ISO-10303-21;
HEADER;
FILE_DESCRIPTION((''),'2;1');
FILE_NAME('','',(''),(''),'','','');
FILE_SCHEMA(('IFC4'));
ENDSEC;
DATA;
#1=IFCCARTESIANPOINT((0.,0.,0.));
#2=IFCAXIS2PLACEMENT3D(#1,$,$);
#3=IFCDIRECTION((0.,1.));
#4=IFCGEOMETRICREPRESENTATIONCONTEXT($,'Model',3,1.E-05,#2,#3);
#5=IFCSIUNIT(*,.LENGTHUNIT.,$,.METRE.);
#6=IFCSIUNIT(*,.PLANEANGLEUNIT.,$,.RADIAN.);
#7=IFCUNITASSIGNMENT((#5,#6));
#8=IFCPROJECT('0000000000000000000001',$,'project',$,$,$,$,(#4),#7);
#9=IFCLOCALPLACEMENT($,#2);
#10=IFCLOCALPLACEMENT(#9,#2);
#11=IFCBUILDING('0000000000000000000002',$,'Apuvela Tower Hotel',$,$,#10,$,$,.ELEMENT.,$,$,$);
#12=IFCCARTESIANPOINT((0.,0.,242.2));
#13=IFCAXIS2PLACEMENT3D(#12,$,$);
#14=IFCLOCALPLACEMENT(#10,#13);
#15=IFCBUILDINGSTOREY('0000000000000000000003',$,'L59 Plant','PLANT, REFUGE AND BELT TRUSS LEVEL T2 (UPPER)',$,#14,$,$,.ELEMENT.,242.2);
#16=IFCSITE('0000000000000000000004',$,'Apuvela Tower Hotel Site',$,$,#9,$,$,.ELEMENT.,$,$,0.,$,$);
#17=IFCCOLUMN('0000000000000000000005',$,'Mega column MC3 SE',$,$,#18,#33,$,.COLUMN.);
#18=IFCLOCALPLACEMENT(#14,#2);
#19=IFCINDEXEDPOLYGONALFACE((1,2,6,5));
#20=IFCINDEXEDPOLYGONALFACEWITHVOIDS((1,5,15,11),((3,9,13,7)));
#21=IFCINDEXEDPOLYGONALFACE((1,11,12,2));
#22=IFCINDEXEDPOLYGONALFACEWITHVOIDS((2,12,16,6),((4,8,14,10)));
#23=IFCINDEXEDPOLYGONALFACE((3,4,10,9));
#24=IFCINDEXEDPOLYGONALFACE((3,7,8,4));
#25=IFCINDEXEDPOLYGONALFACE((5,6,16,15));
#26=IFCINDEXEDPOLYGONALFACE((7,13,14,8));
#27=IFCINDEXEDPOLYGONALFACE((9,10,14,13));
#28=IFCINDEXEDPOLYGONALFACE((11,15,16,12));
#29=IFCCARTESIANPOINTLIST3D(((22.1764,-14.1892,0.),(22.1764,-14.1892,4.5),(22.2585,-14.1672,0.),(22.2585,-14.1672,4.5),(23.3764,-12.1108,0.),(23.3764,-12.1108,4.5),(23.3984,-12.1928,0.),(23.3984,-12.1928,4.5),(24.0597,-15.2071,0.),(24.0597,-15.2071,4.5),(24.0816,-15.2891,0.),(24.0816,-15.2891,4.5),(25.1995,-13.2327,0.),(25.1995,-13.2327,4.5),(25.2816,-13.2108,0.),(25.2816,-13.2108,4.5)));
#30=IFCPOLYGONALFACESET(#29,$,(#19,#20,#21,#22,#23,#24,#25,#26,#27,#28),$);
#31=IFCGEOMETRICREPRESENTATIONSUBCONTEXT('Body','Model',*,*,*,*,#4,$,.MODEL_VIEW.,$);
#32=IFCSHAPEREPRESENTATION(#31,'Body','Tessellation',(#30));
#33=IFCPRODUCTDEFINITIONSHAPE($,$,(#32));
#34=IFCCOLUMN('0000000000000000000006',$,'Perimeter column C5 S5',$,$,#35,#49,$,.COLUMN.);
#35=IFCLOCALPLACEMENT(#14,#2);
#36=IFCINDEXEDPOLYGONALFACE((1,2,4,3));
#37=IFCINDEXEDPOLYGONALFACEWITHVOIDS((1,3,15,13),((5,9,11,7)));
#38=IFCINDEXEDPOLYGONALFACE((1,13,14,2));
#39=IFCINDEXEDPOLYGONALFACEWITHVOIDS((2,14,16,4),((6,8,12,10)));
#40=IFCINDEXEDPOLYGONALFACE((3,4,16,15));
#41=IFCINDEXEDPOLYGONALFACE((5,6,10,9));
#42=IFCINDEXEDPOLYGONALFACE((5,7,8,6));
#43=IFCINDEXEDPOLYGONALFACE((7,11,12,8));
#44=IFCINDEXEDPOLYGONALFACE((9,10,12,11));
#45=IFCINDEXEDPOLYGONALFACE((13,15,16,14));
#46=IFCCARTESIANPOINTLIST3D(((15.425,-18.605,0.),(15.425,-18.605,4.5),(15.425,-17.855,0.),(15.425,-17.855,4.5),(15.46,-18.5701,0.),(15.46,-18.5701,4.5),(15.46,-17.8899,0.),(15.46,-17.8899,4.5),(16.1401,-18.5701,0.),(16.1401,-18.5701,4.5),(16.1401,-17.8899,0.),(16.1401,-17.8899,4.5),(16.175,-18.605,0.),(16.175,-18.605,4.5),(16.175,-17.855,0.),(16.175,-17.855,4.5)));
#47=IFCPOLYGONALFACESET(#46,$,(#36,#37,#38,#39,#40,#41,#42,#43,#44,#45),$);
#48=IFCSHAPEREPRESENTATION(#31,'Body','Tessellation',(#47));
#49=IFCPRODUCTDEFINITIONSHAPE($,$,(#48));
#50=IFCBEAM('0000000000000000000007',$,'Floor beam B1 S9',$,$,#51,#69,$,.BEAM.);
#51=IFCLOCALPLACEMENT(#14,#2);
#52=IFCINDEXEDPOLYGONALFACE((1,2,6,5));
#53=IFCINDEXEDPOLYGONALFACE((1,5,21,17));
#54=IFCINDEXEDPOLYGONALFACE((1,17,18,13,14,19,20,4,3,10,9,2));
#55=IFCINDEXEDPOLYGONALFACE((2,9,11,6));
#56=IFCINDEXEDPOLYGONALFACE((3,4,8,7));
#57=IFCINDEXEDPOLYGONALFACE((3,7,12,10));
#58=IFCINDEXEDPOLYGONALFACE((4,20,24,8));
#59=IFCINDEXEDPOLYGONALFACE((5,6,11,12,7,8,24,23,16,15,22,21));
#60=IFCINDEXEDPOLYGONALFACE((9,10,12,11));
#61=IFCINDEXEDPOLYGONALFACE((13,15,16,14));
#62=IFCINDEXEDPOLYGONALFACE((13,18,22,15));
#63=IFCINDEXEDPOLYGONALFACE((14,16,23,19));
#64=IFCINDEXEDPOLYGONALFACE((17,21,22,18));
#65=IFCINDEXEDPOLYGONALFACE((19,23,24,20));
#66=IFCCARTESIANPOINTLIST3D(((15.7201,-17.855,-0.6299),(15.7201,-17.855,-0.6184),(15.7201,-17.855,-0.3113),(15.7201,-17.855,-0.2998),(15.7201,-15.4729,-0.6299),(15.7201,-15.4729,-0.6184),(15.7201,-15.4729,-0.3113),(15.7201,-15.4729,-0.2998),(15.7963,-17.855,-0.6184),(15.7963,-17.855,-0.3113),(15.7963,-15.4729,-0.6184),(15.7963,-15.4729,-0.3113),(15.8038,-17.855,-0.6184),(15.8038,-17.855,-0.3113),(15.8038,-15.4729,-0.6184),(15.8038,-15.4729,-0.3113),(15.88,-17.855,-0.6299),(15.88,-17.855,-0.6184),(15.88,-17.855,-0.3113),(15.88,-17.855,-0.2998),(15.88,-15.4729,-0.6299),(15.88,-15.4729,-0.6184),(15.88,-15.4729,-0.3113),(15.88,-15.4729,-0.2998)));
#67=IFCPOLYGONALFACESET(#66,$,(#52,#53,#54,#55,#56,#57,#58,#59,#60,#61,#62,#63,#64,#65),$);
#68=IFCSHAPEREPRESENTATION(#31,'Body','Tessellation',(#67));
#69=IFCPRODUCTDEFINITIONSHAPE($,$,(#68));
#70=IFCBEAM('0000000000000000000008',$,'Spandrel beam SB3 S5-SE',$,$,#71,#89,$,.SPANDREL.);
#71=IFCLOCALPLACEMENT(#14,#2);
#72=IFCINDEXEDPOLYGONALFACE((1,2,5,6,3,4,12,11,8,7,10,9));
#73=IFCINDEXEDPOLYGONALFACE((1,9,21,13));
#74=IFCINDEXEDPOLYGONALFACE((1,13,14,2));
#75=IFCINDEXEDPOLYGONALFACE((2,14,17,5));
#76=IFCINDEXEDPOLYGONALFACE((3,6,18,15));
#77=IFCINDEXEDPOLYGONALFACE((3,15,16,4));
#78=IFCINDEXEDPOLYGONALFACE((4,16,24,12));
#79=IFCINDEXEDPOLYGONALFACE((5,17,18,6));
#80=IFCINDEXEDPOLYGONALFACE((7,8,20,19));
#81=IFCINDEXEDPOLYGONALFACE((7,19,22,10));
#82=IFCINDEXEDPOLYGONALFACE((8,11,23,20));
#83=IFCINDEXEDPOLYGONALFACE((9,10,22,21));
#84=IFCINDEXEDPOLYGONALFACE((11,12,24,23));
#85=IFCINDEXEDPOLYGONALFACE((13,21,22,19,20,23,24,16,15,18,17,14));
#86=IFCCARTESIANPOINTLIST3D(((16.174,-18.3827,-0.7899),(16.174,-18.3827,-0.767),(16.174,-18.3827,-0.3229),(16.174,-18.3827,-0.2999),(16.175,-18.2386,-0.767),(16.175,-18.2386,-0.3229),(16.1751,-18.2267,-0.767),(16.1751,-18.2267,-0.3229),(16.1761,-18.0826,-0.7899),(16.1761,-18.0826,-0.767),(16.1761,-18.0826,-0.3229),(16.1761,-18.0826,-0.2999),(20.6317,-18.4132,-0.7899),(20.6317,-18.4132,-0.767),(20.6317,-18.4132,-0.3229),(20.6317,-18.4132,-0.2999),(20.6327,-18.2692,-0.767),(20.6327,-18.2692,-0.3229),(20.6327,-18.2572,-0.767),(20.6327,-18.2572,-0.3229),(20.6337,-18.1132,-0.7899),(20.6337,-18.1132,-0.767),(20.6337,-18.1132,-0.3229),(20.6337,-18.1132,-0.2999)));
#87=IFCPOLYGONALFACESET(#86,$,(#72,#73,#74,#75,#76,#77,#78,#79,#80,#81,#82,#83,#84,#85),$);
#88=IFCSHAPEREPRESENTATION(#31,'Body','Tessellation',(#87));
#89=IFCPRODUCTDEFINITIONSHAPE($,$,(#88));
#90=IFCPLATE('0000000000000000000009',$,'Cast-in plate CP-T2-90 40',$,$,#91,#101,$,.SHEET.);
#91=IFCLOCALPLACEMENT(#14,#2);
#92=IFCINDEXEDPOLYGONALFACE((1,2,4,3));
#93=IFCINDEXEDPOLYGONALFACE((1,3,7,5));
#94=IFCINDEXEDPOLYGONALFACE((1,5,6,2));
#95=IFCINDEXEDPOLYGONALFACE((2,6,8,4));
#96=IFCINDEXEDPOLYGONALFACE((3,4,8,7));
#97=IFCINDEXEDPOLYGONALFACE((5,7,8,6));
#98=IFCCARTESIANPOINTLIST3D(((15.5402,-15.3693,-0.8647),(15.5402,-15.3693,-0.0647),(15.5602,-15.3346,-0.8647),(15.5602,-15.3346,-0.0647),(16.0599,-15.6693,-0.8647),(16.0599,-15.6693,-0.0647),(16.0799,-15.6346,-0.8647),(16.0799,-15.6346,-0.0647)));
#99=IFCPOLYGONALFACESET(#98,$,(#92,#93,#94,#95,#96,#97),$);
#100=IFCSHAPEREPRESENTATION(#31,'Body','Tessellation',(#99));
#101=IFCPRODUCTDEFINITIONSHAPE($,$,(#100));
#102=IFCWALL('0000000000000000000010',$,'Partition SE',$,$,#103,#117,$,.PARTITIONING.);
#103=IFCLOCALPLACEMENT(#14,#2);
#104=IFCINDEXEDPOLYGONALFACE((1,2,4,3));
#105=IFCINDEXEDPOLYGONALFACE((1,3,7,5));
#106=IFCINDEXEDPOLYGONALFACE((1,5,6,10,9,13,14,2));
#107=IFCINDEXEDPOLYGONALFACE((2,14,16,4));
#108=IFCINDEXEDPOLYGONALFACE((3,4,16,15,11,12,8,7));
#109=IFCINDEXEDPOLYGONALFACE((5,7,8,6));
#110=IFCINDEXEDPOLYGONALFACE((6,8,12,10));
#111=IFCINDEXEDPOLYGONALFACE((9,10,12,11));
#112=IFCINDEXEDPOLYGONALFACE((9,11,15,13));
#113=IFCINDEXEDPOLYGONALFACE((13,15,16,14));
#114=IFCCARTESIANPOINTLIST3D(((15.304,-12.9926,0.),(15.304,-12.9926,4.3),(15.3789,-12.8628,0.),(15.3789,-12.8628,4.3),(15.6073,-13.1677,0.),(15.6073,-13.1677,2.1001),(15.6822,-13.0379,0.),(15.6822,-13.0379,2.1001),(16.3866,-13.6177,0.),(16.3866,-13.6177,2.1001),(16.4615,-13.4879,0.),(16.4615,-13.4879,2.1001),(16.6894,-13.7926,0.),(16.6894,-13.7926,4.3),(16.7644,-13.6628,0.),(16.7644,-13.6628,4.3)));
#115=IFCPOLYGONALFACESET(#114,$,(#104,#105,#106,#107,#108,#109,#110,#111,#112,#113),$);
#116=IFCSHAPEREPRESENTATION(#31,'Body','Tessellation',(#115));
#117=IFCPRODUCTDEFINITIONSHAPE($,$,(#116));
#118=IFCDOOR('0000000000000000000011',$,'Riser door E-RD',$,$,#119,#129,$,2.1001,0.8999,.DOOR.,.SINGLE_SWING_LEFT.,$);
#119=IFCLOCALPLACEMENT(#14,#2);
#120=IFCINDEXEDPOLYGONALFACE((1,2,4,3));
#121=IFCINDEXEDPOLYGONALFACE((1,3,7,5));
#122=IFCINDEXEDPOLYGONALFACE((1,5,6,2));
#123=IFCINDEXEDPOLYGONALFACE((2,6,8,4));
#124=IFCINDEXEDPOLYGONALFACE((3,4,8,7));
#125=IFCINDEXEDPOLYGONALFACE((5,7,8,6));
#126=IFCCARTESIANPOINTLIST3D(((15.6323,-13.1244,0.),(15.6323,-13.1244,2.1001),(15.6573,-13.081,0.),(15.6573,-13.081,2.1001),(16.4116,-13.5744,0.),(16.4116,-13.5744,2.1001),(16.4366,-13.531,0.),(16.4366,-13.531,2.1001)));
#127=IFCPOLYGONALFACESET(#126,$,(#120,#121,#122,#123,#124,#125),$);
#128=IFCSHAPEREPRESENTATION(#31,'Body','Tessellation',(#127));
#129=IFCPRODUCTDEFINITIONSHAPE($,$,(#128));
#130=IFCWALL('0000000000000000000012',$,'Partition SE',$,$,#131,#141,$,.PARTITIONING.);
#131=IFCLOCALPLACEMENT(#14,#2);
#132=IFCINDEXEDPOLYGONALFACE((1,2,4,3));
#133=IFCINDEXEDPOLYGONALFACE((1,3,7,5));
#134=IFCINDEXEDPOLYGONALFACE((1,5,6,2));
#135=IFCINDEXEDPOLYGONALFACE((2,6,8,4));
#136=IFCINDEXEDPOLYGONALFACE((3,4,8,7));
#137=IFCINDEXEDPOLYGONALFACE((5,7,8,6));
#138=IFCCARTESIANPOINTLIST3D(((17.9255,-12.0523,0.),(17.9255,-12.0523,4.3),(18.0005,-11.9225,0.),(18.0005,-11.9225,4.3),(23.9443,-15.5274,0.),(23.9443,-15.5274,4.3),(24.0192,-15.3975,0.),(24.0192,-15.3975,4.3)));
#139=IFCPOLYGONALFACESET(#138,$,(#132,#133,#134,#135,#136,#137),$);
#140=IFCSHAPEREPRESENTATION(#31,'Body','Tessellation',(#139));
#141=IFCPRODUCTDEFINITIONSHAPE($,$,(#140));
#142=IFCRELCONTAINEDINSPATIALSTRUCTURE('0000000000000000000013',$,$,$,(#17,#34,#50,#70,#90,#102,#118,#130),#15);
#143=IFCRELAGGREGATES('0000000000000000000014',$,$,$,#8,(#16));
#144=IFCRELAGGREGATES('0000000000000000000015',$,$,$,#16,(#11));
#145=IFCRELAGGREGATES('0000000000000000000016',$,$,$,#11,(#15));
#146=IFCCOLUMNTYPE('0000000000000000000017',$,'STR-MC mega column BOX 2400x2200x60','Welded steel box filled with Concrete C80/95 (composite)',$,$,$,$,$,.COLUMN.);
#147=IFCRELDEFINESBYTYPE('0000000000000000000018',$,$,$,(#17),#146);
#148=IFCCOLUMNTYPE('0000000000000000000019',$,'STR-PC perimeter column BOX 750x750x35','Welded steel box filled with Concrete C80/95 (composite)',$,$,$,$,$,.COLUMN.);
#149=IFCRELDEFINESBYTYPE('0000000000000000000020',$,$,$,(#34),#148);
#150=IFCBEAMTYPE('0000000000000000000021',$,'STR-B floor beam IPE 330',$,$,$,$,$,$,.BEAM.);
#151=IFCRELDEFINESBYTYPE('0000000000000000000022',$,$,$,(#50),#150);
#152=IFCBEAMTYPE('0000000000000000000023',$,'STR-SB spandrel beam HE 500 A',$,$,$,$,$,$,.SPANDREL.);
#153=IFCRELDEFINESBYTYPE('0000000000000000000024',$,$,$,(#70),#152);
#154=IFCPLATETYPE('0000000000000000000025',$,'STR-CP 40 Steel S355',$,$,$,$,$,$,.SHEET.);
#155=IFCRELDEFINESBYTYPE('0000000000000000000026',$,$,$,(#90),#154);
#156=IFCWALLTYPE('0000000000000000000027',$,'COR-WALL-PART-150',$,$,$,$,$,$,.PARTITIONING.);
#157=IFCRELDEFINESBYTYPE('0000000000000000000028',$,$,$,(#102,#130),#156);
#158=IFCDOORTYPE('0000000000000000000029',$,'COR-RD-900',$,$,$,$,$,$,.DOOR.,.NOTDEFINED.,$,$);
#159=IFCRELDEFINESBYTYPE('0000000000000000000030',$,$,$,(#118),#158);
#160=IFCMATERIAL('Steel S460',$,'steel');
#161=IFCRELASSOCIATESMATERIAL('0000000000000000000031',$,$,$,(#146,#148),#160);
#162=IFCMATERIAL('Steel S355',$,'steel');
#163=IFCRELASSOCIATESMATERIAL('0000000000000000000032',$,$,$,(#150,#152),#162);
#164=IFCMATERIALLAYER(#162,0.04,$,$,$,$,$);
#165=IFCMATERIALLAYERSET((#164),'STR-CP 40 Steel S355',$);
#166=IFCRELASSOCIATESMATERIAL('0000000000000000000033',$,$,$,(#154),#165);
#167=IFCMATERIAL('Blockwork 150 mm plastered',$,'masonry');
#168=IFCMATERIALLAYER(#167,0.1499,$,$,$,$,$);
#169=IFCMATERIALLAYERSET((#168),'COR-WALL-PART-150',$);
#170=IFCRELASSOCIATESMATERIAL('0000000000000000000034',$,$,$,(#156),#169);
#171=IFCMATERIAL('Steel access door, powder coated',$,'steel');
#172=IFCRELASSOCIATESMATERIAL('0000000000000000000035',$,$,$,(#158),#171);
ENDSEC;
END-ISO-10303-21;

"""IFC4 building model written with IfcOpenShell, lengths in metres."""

from ifc_helpers import new_model, si_unit, direction, frame, frame_2d, origin, origin_2d, place, context, subcontext, project, spatial, rectangle, hollow_rectangle, i_section, extrude, material, layer, layer_set, material_profile, profile_set, type_object, element, fill, save


model = new_model("IFC4")

# Units and contexts
model_context = context("Model", 3, precision=1e-05, world=origin(), true_north=direction((0.0, 1.0)))
body_context = subcontext(model_context, "Body", "Model", "MODEL_VIEW")
ifc_project = project(units=[si_unit("LENGTHUNIT", "METRE"), si_unit("PLANEANGLEUNIT", "RADIAN")], contexts=[model_context])

# Site, building, storey
site_placement = place(None, origin())
site = spatial("IfcSite", under=ifc_project, at=site_placement, Name="Apuvela Tower Hotel Site", CompositionType="ELEMENT", RefElevation=0.0)
building_placement = place(site_placement, origin())
building = spatial("IfcBuilding", under=site, at=building_placement, Name="Apuvela Tower Hotel", CompositionType="ELEMENT")
storey_placement = place(building_placement, frame((0.0, 0.0, 242.2)))
storey = spatial("IfcBuildingStorey", under=building, at=storey_placement, Name="L59 Plant", Description="PLANT, REFUGE AND BELT TRUSS LEVEL T2 (UPPER)", CompositionType="ELEMENT", Elevation=242.2)

# Columns
ifc_material_1 = material(Name="Steel S460", Category="steel")
ifc_material_profile_1 = material_profile(ifc_material_1, hollow_rectangle(XDim=2.3999, YDim=2.2, WallThickness=0.0601, at=origin_2d()), Name="BOX 2400x2200x60")
ifc_material_2 = material(Name="Concrete C80/95", Category="concrete")
ifc_material_profile_2 = material_profile(ifc_material_2, rectangle(XDim=2.28, YDim=2.0801, at=origin_2d()), Name="Concrete C80/95 infill")
ifc_profile_set_1 = profile_set([ifc_material_profile_1, ifc_material_profile_2], Name="Steel S460")
column_type_1 = type_object("IfcColumnType", Name="STR-MC mega column BOX 2400x2200x60", Description="Welded steel box filled with Concrete C80/95 (composite)", PredefinedType="COLUMN", material=ifc_profile_set_1)
column_1_placement = place(storey_placement, frame((23.729, -13.7, 0.0), z_axis=(0.0, 0.0, 1.0), x_axis=(0.5, 0.866025, 0.0)))
element("IfcColumn", 1, at=column_1_placement, inside=storey, type_object=column_type_1, Name="Mega column MC3 SE", PredefinedType="COLUMN", context=body_context, shape_type="SweptSolid", body=[
    extrude(hollow_rectangle(XDim=2.3999, YDim=2.2, WallThickness=0.0601, at=origin_2d()), origin(), (0.0, 0.0, 1.0), 4.5),
])
ifc_material_profile_3 = material_profile(ifc_material_1, hollow_rectangle(XDim=0.75, YDim=0.75, WallThickness=0.0349, at=origin_2d()), Name="BOX 750x750x35")
ifc_material_profile_4 = material_profile(ifc_material_2, rectangle(XDim=0.6799, YDim=0.6799, at=origin_2d()), Name="Concrete C80/95 infill")
ifc_profile_set_2 = profile_set([ifc_material_profile_3, ifc_material_profile_4], Name="Steel S460")
column_type_2 = type_object("IfcColumnType", Name="STR-PC perimeter column BOX 750x750x35", Description="Welded steel box filled with Concrete C80/95 (composite)", PredefinedType="COLUMN", material=ifc_profile_set_2)
column_2_placement = place(storey_placement, frame((15.8, -18.23, 0.0), z_axis=(0.0, 0.0, 1.0), x_axis=(-1.0, 0.0, 0.0)))
element("IfcColumn", 2, at=column_2_placement, inside=storey, type_object=column_type_2, Name="Perimeter column C5 S5", PredefinedType="COLUMN", context=body_context, shape_type="SweptSolid", body=[
    extrude(hollow_rectangle(XDim=0.75, YDim=0.75, WallThickness=0.0349, at=origin_2d()), origin(), (0.0, 0.0, 1.0), 4.5),
])

# Beams
ifc_material_3 = material(Name="Steel S355", Category="steel")
ifc_material_profile_5 = material_profile(ifc_material_3, i_section(OverallWidth=0.1599, OverallDepth=0.3301, WebThickness=0.0076, FlangeThickness=0.0115, at=origin_2d()), Name="IPE 330")
ifc_profile_set_3 = profile_set([ifc_material_profile_5], Name="Steel S355")
beam_type_1 = type_object("IfcBeamType", Name="STR-B floor beam IPE 330", PredefinedType="BEAM", material=ifc_profile_set_3)
beam_1_placement = place(storey_placement, frame((15.8, -17.855, -0.4648), z_axis=(0.0, 1.0, 0.0), x_axis=(-1.0, 0.0, 0.0)))
element("IfcBeam", 3, at=beam_1_placement, inside=storey, type_object=beam_type_1, Name="Floor beam B1 S9", PredefinedType="BEAM", context=body_context, shape_type="SweptSolid", body=[
    extrude(i_section(OverallWidth=0.1599, OverallDepth=0.3301, WebThickness=0.0076, FlangeThickness=0.0115, at=origin_2d()), origin(), (0.0, 0.0, 1.0), 2.3821),
])
ifc_material_profile_6 = material_profile(ifc_material_3, i_section(OverallWidth=0.3, OverallDepth=0.49, WebThickness=0.012, FlangeThickness=0.0229, at=origin_2d()), Name="HE 500 A")
ifc_profile_set_4 = profile_set([ifc_material_profile_6], Name="Steel S355")
beam_type_2 = type_object("IfcBeamType", Name="STR-SB spandrel beam HE 500 A", PredefinedType="SPANDREL", material=ifc_profile_set_4)
beam_2_placement = place(storey_placement, frame((16.175, -18.2327, -0.5449), z_axis=(0.999977, -0.006846, 0.0), x_axis=(0.006846, 0.999977, 0.0)))
element("IfcBeam", 4, at=beam_2_placement, inside=storey, type_object=beam_type_2, Name="Spandrel beam SB3 S5-SE", PredefinedType="SPANDREL", context=body_context, shape_type="SweptSolid", body=[
    extrude(i_section(OverallWidth=0.3, OverallDepth=0.49, WebThickness=0.012, FlangeThickness=0.0229, at=origin_2d()), origin(), (0.0, 0.0, 1.0), 4.4578),
])

# Plate
ifc_layer_1 = layer(ifc_material_3, 0.04)
ifc_layer_set_1 = layer_set([ifc_layer_1], Name="STR-CP 40 Steel S355")
plate_type = type_object("IfcPlateType", Name="STR-CP 40 Steel S355", PredefinedType="SHEET", material=ifc_layer_set_1)
plate_placement = place(storey_placement, frame((15.8101, -15.502, -0.8647), z_axis=(0.0, 0.0, 1.0), x_axis=(0.5, 0.866025, 0.0)))
element("IfcPlate", 5, at=plate_placement, inside=storey, type_object=plate_type, Name="Cast-in plate CP-T2-90 40", PredefinedType="SHEET", context=body_context, shape_type="SweptSolid", body=[
    extrude(rectangle(XDim=0.04, YDim=0.6001, at=origin_2d()), origin(), (0.0, 0.0, 1.0), 0.8),
])

# Wall, opening, door
ifc_material_4 = material(Name="Blockwork 150 mm plastered", Category="masonry")
ifc_layer_2 = layer(ifc_material_4, 0.1499)
ifc_layer_set_2 = layer_set([ifc_layer_2], Name="COR-WALL-PART-150")
wall_type_1 = type_object("IfcWallType", Name="COR-WALL-PART-150", PredefinedType="PARTITIONING", material=ifc_layer_set_2)
wall_1_placement = place(storey_placement, frame((15.3416, -12.9277, 0.0), z_axis=(0.0, 0.0, 1.0), x_axis=(0.86599, -0.500061, 0.0)))
wall_1 = element("IfcWall", 6, at=wall_1_placement, inside=storey, type_object=wall_type_1, Name="Partition SE", PredefinedType="PARTITIONING", context=body_context, shape_type="SweptSolid", body=[
    extrude(rectangle(XDim=1.5999, YDim=0.1499, at=frame_2d((0.7998, 0.0))), origin(), (0.0, 0.0, 1.0), 4.3),
])
opening_1_placement = place(wall_1_placement, frame((0.3501, 0.0, 0.0)))
opening_1 = element("IfcOpeningElement", 7, at=opening_1_placement, cuts=wall_1, PredefinedType="OPENING", context=body_context, shape_type="SweptSolid", body=[
    extrude(rectangle(XDim=0.8999, YDim=2.1001, at=frame_2d((0.45, 1.05))), frame((0.0, 0.085, 0.0), z_axis=(0.0, -1.0, 0.0), x_axis=(1.0, 0.0, 0.0)), (0.0, 0.0, 1.0), 0.1699),
])
ifc_material_5 = material(Name="Steel access door, powder coated", Category="steel")
door_type_1 = type_object("IfcDoorType", Name="COR-RD-900", OperationType="NOTDEFINED", PredefinedType="DOOR", material=ifc_material_5)
door_1_placement = place(opening_1_placement, frame((0.8999, 0.0, 0.0), z_axis=(0.0, 0.0, 1.0), x_axis=(-1.0, 0.0, 0.0)))
door_1 = element("IfcDoor", 8, at=door_1_placement, inside=storey, type_object=door_type_1, Name="Riser door E-RD", OperationType="SINGLE_SWING_LEFT", OverallHeight=2.1001, OverallWidth=0.8999, PredefinedType="DOOR", context=body_context, shape_type="SweptSolid", body=[
    extrude(rectangle(XDim=0.8999, YDim=2.1001, at=frame_2d((0.45, 1.05))), frame((0.0, 0.0249, 0.0), z_axis=(0.0, -1.0, 0.0), x_axis=(1.0, 0.0, 0.0)), (0.0, 0.0, 1.0), 0.05),
])
fill(opening_1, door_1)

# Wall
wall_2_placement = place(storey_placement, frame((17.9629, -11.9873, 0.0), z_axis=(0.0, 0.0, 1.0), x_axis=(0.866017, -0.500015, 0.0)))
element("IfcWall", 9, at=wall_2_placement, inside=storey, type_object=wall_type_1, Name="Partition SE", PredefinedType="PARTITIONING", context=body_context, shape_type="SweptSolid", body=[
    extrude(rectangle(XDim=6.95, YDim=0.1499, at=frame_2d((3.4751, 0.0))), origin(), (0.0, 0.0, 1.0), 4.3),
])

save(model, "model.ifc")
